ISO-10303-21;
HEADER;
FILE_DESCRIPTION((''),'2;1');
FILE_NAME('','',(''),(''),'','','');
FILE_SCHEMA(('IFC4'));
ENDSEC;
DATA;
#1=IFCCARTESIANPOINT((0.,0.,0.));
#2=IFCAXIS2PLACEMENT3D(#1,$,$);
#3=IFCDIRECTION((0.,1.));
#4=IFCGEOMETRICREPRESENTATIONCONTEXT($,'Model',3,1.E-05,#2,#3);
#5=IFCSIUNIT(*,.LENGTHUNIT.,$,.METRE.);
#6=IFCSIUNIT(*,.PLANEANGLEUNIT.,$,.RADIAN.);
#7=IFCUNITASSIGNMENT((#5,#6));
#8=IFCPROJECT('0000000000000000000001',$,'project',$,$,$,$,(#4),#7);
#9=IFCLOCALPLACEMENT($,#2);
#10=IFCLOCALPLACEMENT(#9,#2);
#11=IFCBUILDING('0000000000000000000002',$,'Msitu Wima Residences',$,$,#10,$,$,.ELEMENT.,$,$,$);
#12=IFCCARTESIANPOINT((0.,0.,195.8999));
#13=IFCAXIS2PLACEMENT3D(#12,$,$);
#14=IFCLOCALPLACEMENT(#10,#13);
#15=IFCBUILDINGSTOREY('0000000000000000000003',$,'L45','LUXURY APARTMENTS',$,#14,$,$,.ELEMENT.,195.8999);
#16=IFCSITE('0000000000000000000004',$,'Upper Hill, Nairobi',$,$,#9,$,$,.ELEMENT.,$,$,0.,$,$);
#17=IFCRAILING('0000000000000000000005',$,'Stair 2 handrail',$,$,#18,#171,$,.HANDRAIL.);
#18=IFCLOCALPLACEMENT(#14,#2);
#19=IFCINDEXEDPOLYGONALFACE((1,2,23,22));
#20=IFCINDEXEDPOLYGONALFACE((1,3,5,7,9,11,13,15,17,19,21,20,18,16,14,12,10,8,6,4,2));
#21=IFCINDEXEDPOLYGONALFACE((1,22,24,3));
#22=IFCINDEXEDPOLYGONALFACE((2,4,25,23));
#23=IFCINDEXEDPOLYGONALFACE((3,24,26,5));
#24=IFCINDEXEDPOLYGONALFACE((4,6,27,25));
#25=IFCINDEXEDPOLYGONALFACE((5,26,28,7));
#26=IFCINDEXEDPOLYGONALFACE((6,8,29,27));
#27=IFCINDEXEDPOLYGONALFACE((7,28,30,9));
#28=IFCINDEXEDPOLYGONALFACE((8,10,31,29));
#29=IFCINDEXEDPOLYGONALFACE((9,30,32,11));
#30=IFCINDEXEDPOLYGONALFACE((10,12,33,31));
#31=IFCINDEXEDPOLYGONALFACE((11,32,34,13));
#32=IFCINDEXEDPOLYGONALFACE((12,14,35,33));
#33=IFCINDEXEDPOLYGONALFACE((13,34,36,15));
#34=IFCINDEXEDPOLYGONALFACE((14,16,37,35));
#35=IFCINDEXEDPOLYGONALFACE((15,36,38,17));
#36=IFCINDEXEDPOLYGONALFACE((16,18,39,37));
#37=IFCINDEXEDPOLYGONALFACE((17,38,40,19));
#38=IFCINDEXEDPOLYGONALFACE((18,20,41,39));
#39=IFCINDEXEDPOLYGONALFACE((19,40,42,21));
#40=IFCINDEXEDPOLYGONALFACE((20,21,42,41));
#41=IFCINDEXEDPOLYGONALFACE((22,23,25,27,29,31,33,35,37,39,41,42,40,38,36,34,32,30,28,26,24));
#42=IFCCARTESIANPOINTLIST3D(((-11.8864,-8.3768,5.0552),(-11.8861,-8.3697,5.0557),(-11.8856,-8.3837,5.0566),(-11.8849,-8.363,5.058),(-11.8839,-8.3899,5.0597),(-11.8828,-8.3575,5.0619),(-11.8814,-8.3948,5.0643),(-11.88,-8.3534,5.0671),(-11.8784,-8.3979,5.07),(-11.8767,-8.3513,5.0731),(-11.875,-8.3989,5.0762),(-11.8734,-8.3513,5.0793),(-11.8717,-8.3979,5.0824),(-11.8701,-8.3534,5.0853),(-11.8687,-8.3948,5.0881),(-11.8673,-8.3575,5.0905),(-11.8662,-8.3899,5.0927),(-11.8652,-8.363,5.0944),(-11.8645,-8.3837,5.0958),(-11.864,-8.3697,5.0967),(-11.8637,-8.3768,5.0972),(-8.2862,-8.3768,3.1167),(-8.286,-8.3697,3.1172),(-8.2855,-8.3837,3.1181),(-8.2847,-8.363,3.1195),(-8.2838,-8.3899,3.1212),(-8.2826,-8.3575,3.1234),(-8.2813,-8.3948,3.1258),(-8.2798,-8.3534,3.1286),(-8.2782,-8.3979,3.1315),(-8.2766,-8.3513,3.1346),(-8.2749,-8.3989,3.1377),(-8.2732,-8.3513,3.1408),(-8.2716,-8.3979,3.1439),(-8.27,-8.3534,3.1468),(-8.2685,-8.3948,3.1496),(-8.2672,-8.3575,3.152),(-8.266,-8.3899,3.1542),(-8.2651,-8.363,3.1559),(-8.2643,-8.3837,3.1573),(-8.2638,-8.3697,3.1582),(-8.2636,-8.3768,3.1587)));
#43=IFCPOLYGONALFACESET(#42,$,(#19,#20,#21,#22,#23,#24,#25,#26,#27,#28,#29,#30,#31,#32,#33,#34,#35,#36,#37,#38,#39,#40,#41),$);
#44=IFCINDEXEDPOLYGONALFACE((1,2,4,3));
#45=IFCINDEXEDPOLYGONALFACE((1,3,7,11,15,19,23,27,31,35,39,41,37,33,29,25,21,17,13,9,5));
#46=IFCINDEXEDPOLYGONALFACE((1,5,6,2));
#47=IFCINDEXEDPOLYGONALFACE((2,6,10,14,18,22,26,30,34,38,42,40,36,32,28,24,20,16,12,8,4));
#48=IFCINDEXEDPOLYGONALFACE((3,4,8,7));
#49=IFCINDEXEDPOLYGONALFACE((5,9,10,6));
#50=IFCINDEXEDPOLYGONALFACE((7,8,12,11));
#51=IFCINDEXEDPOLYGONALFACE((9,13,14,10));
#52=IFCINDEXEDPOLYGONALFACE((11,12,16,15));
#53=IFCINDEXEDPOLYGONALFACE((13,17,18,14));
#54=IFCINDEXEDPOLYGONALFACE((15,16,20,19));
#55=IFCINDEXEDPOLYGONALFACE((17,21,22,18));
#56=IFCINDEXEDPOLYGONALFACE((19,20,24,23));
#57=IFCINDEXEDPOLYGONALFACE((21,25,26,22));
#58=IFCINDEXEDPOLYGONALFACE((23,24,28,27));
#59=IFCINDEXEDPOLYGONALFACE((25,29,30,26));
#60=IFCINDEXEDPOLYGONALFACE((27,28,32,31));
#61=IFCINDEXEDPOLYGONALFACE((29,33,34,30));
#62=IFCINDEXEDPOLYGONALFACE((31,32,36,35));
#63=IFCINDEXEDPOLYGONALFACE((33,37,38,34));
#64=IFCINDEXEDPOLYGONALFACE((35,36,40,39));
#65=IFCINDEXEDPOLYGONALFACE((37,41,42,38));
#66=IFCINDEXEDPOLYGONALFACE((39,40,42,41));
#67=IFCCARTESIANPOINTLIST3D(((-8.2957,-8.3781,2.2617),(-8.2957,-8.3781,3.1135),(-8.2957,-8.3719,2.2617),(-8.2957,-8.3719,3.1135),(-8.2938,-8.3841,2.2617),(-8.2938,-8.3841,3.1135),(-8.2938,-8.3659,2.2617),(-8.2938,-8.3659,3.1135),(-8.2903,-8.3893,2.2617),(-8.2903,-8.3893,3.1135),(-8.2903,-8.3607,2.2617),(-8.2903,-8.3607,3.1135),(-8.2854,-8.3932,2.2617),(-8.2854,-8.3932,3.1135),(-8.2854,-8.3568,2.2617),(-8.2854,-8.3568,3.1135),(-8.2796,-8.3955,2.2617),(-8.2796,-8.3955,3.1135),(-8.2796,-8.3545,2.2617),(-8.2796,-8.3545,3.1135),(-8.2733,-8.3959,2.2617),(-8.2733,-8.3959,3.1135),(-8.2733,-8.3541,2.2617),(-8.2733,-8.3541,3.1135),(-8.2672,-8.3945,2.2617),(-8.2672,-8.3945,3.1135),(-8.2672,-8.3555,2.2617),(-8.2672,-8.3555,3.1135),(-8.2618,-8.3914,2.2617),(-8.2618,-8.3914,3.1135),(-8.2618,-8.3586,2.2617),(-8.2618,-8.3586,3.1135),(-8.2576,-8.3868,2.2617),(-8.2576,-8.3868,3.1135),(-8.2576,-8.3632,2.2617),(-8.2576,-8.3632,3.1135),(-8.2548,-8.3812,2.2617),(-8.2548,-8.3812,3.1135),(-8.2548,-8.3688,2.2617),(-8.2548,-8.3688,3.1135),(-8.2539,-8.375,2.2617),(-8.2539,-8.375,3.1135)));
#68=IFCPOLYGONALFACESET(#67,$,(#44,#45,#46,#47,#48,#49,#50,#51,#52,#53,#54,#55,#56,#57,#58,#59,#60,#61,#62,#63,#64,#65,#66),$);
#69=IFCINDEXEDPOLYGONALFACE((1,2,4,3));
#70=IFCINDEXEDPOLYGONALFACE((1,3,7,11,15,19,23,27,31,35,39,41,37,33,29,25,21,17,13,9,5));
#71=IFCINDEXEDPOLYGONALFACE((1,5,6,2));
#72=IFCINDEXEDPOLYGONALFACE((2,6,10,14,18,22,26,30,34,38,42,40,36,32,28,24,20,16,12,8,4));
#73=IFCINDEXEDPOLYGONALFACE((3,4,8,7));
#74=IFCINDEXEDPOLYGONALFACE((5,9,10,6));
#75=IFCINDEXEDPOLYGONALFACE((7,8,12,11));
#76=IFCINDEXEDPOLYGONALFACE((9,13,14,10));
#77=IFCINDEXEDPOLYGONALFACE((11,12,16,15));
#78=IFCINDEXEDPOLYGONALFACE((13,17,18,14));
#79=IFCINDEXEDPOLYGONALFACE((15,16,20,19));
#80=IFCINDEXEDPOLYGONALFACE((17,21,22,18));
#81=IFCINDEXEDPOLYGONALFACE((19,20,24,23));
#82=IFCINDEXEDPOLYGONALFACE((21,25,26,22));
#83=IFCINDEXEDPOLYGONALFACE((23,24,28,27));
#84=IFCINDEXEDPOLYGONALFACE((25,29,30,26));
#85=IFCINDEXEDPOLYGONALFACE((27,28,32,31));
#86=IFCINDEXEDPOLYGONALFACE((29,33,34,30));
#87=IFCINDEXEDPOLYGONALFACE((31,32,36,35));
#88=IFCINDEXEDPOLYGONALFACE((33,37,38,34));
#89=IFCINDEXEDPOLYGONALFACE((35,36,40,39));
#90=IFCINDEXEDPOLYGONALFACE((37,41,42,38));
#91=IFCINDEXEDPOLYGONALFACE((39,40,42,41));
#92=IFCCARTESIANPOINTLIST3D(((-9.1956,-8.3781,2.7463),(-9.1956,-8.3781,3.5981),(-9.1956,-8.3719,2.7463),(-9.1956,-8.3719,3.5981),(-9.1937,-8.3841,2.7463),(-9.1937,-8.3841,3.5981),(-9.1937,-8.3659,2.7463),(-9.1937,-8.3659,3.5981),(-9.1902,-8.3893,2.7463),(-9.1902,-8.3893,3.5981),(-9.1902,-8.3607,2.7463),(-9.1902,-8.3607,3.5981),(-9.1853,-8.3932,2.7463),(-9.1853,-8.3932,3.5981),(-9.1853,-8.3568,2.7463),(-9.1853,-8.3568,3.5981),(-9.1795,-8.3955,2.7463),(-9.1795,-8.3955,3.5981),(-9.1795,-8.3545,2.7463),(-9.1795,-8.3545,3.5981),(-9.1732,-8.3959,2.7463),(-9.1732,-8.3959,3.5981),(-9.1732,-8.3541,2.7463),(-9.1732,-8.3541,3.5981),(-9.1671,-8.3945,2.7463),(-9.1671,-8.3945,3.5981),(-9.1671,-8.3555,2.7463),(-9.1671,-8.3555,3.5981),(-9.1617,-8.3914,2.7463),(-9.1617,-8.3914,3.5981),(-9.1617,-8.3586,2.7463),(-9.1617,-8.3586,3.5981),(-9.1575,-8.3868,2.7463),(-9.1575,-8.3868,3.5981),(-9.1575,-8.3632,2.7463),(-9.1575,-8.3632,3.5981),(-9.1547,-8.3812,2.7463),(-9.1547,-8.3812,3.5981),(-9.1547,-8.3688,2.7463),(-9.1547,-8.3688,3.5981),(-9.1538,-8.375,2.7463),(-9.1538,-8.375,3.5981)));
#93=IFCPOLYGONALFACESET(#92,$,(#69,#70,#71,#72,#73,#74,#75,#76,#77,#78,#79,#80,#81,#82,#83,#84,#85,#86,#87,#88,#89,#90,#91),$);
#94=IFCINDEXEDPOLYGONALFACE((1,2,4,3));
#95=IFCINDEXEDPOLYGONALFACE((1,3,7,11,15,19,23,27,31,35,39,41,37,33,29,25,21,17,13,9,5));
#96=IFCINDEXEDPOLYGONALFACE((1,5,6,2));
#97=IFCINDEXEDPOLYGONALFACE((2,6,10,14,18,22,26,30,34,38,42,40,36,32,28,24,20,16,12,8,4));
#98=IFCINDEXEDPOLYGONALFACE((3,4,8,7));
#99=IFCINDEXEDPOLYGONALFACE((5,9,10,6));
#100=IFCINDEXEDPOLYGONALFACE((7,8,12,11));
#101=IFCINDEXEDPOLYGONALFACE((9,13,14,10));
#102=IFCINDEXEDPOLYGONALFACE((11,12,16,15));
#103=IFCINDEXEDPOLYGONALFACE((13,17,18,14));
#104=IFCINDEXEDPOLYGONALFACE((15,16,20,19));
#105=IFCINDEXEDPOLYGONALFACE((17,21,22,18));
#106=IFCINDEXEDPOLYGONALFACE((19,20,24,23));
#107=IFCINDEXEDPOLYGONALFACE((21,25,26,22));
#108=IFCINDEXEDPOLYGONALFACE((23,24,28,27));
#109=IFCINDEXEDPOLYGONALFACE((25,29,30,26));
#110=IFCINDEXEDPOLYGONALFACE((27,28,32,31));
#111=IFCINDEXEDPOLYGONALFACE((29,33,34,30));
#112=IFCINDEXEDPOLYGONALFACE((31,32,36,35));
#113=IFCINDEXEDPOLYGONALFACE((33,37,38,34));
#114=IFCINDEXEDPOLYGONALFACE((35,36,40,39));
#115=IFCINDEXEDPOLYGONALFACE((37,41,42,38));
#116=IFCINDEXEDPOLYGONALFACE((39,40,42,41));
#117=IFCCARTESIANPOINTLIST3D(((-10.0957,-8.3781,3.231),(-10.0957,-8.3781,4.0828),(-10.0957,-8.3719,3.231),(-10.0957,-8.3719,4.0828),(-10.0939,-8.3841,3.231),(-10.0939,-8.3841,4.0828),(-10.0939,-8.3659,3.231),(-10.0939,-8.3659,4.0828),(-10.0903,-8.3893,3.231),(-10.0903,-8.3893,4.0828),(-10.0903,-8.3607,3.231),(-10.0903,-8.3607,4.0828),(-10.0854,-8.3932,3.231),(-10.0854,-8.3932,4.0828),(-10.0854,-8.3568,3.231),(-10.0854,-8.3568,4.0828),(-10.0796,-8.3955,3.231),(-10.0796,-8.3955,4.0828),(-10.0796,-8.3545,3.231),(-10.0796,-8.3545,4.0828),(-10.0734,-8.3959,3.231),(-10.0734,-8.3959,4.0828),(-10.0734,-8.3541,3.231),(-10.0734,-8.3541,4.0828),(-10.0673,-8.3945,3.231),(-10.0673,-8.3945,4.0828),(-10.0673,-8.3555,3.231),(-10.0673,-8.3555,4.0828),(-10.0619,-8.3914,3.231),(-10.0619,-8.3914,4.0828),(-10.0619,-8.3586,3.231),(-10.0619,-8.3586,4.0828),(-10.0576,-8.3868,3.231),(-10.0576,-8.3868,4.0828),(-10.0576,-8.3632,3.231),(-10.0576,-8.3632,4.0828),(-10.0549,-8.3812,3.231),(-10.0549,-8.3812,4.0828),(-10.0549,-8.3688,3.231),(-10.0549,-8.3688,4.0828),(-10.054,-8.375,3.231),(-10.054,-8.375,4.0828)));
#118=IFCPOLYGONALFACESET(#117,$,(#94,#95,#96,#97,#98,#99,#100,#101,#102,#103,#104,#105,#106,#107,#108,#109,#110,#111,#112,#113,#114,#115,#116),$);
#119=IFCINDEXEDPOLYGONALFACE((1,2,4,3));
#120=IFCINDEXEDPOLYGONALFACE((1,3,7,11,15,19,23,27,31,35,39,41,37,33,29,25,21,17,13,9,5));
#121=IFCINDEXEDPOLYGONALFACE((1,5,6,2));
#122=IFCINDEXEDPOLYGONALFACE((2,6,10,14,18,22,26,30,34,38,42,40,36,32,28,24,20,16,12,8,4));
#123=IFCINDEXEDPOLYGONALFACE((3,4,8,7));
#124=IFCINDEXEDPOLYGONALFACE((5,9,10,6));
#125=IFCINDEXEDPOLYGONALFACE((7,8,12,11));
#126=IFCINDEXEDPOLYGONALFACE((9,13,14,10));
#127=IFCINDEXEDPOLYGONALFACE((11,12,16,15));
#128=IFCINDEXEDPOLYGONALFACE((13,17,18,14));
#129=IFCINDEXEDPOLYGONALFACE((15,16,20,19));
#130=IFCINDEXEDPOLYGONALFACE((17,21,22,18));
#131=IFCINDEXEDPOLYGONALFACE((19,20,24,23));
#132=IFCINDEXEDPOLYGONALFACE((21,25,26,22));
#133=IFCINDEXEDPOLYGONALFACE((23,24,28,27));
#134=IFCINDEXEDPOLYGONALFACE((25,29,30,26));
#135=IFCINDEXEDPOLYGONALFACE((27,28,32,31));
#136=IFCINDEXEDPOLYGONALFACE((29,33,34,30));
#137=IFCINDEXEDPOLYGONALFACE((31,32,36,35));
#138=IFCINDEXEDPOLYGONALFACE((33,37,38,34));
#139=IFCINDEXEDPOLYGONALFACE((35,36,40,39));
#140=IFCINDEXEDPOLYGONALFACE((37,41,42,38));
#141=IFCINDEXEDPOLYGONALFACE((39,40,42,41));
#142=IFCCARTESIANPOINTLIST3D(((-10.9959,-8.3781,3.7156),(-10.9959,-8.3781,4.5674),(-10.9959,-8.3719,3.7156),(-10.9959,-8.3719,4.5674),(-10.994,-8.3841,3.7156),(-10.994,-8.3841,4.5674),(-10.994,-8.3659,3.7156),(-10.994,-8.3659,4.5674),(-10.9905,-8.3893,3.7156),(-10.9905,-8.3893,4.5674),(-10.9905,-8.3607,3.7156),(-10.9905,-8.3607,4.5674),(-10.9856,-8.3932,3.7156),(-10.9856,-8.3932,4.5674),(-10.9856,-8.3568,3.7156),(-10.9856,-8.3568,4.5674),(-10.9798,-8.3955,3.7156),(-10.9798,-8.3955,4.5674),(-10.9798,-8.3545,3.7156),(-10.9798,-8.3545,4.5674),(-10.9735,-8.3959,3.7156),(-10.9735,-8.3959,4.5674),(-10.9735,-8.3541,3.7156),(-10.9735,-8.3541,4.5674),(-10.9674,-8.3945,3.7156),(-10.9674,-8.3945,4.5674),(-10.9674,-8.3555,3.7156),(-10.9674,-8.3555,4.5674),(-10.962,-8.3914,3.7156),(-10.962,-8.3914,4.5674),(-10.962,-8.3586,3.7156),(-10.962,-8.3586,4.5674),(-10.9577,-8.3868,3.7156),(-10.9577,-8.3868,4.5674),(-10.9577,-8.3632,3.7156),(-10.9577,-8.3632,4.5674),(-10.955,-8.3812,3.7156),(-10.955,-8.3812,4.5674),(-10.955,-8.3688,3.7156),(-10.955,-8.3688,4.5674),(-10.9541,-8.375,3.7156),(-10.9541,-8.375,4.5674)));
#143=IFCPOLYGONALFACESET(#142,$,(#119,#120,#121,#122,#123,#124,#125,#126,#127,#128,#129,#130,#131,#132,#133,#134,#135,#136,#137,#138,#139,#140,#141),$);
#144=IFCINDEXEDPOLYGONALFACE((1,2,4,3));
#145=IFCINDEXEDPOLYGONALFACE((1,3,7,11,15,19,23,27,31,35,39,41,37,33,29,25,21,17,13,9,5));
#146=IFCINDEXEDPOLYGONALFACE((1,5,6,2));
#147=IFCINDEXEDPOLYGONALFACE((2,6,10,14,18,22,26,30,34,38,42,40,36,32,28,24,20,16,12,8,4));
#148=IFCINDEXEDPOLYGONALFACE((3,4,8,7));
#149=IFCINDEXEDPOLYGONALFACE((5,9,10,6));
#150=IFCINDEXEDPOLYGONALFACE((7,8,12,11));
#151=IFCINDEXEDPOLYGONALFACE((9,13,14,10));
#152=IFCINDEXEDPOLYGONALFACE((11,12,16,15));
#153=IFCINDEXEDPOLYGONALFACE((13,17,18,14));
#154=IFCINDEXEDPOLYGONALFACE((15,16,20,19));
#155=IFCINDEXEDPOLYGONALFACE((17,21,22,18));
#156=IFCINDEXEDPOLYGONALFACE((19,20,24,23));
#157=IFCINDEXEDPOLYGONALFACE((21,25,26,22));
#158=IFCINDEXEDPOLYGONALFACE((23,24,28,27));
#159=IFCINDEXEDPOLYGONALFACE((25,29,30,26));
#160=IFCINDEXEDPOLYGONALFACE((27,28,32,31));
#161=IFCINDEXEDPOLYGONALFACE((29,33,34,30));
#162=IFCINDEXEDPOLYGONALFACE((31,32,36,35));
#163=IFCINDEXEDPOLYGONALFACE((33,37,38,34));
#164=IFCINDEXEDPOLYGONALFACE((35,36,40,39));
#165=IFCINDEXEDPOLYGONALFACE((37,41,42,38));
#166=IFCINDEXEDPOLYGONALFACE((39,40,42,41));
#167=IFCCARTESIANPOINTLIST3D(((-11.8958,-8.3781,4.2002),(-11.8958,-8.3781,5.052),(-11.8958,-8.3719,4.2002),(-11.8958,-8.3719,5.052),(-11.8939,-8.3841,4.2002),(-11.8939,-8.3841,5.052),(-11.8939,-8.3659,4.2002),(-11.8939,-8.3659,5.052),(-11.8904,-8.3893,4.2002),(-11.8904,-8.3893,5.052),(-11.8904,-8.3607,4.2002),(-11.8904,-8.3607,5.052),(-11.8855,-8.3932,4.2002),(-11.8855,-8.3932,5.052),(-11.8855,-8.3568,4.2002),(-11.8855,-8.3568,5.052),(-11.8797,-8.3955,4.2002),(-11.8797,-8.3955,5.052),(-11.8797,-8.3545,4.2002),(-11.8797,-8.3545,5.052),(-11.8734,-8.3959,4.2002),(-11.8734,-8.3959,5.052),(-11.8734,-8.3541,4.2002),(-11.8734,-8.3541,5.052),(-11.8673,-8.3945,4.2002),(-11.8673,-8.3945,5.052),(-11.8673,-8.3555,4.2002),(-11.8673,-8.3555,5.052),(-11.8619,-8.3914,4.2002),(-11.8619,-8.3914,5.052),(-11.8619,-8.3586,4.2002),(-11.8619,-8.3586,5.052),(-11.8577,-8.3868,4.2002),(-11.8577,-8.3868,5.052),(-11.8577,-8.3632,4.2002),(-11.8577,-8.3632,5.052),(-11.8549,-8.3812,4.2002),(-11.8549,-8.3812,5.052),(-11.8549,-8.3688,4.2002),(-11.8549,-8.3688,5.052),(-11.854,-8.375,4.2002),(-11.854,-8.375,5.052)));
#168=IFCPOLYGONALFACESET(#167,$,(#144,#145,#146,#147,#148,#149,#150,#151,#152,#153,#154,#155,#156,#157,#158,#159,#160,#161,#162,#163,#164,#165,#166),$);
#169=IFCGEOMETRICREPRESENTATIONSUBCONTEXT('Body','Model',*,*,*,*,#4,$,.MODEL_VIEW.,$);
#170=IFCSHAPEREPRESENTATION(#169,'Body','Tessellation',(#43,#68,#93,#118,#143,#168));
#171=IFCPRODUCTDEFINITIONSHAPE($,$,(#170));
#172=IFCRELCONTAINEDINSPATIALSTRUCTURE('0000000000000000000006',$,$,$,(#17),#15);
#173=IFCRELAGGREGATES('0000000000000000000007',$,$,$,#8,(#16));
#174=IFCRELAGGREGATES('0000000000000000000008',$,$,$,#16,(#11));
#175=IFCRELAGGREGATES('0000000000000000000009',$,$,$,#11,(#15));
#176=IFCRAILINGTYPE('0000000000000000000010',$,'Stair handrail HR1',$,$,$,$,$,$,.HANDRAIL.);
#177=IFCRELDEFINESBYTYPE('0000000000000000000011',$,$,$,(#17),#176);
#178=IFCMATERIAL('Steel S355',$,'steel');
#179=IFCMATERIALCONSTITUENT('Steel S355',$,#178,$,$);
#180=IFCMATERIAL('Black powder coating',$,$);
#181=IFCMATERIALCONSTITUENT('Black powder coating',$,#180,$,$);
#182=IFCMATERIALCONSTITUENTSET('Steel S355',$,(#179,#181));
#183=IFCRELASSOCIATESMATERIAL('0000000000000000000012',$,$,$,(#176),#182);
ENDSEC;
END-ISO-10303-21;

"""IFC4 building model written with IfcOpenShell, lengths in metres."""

from ifc_helpers import new_model, si_unit, direction, frame, origin, origin_2d, place, context, subcontext, project, spatial, circle, extrude, material, constituent, constituent_set, type_object, element, save


model = new_model("IFC4")

# Units and contexts
model_context = context("Model", 3, precision=1e-05, world=origin(), true_north=direction((0.0, 1.0)))
body_context = subcontext(model_context, "Body", "Model", "MODEL_VIEW")
ifc_project = project(units=[si_unit("LENGTHUNIT", "METRE"), si_unit("PLANEANGLEUNIT", "RADIAN")], contexts=[model_context])

# Site, building, storey
site_placement = place(None, origin())
site = spatial("IfcSite", under=ifc_project, at=site_placement, Name="Upper Hill, Nairobi", CompositionType="ELEMENT", RefElevation=0.0)
building_placement = place(site_placement, origin())
building = spatial("IfcBuilding", under=site, at=building_placement, Name="Msitu Wima Residences", CompositionType="ELEMENT")
storey_placement = place(building_placement, frame((0.0, 0.0, 195.8999)))
storey = spatial("IfcBuildingStorey", under=building, at=storey_placement, Name="L45", Description="LUXURY APARTMENTS", CompositionType="ELEMENT", Elevation=195.8999)

# Railing
ifc_material_1 = material(Name="Steel S355", Category="steel")
ifc_constituent_1 = constituent(ifc_material_1, Name="Steel S355")
ifc_material_2 = material(Name="Black powder coating")
ifc_constituent_2 = constituent(ifc_material_2, Name="Black powder coating")
ifc_constituent_set = constituent_set(constituents=[ifc_constituent_1, ifc_constituent_2], Name="Steel S355")
railing_type = type_object("IfcRailingType", Name="Stair handrail HR1", PredefinedType="HANDRAIL", material=ifc_constituent_set)
for number, where, name in (
    (1, (-8.2749, -8.375, 2.2617), "Stair 2 handrail"),
):
    element("IfcRailing", number, at=place(storey_placement, frame(where)), inside=storey, type_object=railing_type, Name=name, PredefinedType="HANDRAIL", context=body_context, shape_type="SweptSolid", body=[
        extrude(circle(Radius=0.0239, at=origin_2d()), frame((0.0, 0.0, 0.876), z_axis=(-0.880475, 0.0, 0.474093), x_axis=(0.0, -1.0, 0.0)), (0.0, 0.0, 1.0), 4.0889),
        extrude(circle(Radius=0.021, at=origin_2d()), origin(), (0.0, 0.0, 1.0), 0.8518),
        extrude(circle(Radius=0.021, at=origin_2d()), frame((-0.8999, 0.0, 0.4846)), (0.0, 0.0, 1.0), 0.8518),
        extrude(circle(Radius=0.021, at=origin_2d()), frame((-1.8, 0.0, 0.9692)), (0.0, 0.0, 1.0), 0.8518),
        extrude(circle(Radius=0.021, at=origin_2d()), frame((-2.7002, 0.0, 1.4539)), (0.0, 0.0, 1.0), 0.8518),
        extrude(circle(Radius=0.021, at=origin_2d()), frame((-3.6001, 0.0, 1.9385)), (0.0, 0.0, 1.0), 0.8518),
    ])

save(model, "model.ifc")
